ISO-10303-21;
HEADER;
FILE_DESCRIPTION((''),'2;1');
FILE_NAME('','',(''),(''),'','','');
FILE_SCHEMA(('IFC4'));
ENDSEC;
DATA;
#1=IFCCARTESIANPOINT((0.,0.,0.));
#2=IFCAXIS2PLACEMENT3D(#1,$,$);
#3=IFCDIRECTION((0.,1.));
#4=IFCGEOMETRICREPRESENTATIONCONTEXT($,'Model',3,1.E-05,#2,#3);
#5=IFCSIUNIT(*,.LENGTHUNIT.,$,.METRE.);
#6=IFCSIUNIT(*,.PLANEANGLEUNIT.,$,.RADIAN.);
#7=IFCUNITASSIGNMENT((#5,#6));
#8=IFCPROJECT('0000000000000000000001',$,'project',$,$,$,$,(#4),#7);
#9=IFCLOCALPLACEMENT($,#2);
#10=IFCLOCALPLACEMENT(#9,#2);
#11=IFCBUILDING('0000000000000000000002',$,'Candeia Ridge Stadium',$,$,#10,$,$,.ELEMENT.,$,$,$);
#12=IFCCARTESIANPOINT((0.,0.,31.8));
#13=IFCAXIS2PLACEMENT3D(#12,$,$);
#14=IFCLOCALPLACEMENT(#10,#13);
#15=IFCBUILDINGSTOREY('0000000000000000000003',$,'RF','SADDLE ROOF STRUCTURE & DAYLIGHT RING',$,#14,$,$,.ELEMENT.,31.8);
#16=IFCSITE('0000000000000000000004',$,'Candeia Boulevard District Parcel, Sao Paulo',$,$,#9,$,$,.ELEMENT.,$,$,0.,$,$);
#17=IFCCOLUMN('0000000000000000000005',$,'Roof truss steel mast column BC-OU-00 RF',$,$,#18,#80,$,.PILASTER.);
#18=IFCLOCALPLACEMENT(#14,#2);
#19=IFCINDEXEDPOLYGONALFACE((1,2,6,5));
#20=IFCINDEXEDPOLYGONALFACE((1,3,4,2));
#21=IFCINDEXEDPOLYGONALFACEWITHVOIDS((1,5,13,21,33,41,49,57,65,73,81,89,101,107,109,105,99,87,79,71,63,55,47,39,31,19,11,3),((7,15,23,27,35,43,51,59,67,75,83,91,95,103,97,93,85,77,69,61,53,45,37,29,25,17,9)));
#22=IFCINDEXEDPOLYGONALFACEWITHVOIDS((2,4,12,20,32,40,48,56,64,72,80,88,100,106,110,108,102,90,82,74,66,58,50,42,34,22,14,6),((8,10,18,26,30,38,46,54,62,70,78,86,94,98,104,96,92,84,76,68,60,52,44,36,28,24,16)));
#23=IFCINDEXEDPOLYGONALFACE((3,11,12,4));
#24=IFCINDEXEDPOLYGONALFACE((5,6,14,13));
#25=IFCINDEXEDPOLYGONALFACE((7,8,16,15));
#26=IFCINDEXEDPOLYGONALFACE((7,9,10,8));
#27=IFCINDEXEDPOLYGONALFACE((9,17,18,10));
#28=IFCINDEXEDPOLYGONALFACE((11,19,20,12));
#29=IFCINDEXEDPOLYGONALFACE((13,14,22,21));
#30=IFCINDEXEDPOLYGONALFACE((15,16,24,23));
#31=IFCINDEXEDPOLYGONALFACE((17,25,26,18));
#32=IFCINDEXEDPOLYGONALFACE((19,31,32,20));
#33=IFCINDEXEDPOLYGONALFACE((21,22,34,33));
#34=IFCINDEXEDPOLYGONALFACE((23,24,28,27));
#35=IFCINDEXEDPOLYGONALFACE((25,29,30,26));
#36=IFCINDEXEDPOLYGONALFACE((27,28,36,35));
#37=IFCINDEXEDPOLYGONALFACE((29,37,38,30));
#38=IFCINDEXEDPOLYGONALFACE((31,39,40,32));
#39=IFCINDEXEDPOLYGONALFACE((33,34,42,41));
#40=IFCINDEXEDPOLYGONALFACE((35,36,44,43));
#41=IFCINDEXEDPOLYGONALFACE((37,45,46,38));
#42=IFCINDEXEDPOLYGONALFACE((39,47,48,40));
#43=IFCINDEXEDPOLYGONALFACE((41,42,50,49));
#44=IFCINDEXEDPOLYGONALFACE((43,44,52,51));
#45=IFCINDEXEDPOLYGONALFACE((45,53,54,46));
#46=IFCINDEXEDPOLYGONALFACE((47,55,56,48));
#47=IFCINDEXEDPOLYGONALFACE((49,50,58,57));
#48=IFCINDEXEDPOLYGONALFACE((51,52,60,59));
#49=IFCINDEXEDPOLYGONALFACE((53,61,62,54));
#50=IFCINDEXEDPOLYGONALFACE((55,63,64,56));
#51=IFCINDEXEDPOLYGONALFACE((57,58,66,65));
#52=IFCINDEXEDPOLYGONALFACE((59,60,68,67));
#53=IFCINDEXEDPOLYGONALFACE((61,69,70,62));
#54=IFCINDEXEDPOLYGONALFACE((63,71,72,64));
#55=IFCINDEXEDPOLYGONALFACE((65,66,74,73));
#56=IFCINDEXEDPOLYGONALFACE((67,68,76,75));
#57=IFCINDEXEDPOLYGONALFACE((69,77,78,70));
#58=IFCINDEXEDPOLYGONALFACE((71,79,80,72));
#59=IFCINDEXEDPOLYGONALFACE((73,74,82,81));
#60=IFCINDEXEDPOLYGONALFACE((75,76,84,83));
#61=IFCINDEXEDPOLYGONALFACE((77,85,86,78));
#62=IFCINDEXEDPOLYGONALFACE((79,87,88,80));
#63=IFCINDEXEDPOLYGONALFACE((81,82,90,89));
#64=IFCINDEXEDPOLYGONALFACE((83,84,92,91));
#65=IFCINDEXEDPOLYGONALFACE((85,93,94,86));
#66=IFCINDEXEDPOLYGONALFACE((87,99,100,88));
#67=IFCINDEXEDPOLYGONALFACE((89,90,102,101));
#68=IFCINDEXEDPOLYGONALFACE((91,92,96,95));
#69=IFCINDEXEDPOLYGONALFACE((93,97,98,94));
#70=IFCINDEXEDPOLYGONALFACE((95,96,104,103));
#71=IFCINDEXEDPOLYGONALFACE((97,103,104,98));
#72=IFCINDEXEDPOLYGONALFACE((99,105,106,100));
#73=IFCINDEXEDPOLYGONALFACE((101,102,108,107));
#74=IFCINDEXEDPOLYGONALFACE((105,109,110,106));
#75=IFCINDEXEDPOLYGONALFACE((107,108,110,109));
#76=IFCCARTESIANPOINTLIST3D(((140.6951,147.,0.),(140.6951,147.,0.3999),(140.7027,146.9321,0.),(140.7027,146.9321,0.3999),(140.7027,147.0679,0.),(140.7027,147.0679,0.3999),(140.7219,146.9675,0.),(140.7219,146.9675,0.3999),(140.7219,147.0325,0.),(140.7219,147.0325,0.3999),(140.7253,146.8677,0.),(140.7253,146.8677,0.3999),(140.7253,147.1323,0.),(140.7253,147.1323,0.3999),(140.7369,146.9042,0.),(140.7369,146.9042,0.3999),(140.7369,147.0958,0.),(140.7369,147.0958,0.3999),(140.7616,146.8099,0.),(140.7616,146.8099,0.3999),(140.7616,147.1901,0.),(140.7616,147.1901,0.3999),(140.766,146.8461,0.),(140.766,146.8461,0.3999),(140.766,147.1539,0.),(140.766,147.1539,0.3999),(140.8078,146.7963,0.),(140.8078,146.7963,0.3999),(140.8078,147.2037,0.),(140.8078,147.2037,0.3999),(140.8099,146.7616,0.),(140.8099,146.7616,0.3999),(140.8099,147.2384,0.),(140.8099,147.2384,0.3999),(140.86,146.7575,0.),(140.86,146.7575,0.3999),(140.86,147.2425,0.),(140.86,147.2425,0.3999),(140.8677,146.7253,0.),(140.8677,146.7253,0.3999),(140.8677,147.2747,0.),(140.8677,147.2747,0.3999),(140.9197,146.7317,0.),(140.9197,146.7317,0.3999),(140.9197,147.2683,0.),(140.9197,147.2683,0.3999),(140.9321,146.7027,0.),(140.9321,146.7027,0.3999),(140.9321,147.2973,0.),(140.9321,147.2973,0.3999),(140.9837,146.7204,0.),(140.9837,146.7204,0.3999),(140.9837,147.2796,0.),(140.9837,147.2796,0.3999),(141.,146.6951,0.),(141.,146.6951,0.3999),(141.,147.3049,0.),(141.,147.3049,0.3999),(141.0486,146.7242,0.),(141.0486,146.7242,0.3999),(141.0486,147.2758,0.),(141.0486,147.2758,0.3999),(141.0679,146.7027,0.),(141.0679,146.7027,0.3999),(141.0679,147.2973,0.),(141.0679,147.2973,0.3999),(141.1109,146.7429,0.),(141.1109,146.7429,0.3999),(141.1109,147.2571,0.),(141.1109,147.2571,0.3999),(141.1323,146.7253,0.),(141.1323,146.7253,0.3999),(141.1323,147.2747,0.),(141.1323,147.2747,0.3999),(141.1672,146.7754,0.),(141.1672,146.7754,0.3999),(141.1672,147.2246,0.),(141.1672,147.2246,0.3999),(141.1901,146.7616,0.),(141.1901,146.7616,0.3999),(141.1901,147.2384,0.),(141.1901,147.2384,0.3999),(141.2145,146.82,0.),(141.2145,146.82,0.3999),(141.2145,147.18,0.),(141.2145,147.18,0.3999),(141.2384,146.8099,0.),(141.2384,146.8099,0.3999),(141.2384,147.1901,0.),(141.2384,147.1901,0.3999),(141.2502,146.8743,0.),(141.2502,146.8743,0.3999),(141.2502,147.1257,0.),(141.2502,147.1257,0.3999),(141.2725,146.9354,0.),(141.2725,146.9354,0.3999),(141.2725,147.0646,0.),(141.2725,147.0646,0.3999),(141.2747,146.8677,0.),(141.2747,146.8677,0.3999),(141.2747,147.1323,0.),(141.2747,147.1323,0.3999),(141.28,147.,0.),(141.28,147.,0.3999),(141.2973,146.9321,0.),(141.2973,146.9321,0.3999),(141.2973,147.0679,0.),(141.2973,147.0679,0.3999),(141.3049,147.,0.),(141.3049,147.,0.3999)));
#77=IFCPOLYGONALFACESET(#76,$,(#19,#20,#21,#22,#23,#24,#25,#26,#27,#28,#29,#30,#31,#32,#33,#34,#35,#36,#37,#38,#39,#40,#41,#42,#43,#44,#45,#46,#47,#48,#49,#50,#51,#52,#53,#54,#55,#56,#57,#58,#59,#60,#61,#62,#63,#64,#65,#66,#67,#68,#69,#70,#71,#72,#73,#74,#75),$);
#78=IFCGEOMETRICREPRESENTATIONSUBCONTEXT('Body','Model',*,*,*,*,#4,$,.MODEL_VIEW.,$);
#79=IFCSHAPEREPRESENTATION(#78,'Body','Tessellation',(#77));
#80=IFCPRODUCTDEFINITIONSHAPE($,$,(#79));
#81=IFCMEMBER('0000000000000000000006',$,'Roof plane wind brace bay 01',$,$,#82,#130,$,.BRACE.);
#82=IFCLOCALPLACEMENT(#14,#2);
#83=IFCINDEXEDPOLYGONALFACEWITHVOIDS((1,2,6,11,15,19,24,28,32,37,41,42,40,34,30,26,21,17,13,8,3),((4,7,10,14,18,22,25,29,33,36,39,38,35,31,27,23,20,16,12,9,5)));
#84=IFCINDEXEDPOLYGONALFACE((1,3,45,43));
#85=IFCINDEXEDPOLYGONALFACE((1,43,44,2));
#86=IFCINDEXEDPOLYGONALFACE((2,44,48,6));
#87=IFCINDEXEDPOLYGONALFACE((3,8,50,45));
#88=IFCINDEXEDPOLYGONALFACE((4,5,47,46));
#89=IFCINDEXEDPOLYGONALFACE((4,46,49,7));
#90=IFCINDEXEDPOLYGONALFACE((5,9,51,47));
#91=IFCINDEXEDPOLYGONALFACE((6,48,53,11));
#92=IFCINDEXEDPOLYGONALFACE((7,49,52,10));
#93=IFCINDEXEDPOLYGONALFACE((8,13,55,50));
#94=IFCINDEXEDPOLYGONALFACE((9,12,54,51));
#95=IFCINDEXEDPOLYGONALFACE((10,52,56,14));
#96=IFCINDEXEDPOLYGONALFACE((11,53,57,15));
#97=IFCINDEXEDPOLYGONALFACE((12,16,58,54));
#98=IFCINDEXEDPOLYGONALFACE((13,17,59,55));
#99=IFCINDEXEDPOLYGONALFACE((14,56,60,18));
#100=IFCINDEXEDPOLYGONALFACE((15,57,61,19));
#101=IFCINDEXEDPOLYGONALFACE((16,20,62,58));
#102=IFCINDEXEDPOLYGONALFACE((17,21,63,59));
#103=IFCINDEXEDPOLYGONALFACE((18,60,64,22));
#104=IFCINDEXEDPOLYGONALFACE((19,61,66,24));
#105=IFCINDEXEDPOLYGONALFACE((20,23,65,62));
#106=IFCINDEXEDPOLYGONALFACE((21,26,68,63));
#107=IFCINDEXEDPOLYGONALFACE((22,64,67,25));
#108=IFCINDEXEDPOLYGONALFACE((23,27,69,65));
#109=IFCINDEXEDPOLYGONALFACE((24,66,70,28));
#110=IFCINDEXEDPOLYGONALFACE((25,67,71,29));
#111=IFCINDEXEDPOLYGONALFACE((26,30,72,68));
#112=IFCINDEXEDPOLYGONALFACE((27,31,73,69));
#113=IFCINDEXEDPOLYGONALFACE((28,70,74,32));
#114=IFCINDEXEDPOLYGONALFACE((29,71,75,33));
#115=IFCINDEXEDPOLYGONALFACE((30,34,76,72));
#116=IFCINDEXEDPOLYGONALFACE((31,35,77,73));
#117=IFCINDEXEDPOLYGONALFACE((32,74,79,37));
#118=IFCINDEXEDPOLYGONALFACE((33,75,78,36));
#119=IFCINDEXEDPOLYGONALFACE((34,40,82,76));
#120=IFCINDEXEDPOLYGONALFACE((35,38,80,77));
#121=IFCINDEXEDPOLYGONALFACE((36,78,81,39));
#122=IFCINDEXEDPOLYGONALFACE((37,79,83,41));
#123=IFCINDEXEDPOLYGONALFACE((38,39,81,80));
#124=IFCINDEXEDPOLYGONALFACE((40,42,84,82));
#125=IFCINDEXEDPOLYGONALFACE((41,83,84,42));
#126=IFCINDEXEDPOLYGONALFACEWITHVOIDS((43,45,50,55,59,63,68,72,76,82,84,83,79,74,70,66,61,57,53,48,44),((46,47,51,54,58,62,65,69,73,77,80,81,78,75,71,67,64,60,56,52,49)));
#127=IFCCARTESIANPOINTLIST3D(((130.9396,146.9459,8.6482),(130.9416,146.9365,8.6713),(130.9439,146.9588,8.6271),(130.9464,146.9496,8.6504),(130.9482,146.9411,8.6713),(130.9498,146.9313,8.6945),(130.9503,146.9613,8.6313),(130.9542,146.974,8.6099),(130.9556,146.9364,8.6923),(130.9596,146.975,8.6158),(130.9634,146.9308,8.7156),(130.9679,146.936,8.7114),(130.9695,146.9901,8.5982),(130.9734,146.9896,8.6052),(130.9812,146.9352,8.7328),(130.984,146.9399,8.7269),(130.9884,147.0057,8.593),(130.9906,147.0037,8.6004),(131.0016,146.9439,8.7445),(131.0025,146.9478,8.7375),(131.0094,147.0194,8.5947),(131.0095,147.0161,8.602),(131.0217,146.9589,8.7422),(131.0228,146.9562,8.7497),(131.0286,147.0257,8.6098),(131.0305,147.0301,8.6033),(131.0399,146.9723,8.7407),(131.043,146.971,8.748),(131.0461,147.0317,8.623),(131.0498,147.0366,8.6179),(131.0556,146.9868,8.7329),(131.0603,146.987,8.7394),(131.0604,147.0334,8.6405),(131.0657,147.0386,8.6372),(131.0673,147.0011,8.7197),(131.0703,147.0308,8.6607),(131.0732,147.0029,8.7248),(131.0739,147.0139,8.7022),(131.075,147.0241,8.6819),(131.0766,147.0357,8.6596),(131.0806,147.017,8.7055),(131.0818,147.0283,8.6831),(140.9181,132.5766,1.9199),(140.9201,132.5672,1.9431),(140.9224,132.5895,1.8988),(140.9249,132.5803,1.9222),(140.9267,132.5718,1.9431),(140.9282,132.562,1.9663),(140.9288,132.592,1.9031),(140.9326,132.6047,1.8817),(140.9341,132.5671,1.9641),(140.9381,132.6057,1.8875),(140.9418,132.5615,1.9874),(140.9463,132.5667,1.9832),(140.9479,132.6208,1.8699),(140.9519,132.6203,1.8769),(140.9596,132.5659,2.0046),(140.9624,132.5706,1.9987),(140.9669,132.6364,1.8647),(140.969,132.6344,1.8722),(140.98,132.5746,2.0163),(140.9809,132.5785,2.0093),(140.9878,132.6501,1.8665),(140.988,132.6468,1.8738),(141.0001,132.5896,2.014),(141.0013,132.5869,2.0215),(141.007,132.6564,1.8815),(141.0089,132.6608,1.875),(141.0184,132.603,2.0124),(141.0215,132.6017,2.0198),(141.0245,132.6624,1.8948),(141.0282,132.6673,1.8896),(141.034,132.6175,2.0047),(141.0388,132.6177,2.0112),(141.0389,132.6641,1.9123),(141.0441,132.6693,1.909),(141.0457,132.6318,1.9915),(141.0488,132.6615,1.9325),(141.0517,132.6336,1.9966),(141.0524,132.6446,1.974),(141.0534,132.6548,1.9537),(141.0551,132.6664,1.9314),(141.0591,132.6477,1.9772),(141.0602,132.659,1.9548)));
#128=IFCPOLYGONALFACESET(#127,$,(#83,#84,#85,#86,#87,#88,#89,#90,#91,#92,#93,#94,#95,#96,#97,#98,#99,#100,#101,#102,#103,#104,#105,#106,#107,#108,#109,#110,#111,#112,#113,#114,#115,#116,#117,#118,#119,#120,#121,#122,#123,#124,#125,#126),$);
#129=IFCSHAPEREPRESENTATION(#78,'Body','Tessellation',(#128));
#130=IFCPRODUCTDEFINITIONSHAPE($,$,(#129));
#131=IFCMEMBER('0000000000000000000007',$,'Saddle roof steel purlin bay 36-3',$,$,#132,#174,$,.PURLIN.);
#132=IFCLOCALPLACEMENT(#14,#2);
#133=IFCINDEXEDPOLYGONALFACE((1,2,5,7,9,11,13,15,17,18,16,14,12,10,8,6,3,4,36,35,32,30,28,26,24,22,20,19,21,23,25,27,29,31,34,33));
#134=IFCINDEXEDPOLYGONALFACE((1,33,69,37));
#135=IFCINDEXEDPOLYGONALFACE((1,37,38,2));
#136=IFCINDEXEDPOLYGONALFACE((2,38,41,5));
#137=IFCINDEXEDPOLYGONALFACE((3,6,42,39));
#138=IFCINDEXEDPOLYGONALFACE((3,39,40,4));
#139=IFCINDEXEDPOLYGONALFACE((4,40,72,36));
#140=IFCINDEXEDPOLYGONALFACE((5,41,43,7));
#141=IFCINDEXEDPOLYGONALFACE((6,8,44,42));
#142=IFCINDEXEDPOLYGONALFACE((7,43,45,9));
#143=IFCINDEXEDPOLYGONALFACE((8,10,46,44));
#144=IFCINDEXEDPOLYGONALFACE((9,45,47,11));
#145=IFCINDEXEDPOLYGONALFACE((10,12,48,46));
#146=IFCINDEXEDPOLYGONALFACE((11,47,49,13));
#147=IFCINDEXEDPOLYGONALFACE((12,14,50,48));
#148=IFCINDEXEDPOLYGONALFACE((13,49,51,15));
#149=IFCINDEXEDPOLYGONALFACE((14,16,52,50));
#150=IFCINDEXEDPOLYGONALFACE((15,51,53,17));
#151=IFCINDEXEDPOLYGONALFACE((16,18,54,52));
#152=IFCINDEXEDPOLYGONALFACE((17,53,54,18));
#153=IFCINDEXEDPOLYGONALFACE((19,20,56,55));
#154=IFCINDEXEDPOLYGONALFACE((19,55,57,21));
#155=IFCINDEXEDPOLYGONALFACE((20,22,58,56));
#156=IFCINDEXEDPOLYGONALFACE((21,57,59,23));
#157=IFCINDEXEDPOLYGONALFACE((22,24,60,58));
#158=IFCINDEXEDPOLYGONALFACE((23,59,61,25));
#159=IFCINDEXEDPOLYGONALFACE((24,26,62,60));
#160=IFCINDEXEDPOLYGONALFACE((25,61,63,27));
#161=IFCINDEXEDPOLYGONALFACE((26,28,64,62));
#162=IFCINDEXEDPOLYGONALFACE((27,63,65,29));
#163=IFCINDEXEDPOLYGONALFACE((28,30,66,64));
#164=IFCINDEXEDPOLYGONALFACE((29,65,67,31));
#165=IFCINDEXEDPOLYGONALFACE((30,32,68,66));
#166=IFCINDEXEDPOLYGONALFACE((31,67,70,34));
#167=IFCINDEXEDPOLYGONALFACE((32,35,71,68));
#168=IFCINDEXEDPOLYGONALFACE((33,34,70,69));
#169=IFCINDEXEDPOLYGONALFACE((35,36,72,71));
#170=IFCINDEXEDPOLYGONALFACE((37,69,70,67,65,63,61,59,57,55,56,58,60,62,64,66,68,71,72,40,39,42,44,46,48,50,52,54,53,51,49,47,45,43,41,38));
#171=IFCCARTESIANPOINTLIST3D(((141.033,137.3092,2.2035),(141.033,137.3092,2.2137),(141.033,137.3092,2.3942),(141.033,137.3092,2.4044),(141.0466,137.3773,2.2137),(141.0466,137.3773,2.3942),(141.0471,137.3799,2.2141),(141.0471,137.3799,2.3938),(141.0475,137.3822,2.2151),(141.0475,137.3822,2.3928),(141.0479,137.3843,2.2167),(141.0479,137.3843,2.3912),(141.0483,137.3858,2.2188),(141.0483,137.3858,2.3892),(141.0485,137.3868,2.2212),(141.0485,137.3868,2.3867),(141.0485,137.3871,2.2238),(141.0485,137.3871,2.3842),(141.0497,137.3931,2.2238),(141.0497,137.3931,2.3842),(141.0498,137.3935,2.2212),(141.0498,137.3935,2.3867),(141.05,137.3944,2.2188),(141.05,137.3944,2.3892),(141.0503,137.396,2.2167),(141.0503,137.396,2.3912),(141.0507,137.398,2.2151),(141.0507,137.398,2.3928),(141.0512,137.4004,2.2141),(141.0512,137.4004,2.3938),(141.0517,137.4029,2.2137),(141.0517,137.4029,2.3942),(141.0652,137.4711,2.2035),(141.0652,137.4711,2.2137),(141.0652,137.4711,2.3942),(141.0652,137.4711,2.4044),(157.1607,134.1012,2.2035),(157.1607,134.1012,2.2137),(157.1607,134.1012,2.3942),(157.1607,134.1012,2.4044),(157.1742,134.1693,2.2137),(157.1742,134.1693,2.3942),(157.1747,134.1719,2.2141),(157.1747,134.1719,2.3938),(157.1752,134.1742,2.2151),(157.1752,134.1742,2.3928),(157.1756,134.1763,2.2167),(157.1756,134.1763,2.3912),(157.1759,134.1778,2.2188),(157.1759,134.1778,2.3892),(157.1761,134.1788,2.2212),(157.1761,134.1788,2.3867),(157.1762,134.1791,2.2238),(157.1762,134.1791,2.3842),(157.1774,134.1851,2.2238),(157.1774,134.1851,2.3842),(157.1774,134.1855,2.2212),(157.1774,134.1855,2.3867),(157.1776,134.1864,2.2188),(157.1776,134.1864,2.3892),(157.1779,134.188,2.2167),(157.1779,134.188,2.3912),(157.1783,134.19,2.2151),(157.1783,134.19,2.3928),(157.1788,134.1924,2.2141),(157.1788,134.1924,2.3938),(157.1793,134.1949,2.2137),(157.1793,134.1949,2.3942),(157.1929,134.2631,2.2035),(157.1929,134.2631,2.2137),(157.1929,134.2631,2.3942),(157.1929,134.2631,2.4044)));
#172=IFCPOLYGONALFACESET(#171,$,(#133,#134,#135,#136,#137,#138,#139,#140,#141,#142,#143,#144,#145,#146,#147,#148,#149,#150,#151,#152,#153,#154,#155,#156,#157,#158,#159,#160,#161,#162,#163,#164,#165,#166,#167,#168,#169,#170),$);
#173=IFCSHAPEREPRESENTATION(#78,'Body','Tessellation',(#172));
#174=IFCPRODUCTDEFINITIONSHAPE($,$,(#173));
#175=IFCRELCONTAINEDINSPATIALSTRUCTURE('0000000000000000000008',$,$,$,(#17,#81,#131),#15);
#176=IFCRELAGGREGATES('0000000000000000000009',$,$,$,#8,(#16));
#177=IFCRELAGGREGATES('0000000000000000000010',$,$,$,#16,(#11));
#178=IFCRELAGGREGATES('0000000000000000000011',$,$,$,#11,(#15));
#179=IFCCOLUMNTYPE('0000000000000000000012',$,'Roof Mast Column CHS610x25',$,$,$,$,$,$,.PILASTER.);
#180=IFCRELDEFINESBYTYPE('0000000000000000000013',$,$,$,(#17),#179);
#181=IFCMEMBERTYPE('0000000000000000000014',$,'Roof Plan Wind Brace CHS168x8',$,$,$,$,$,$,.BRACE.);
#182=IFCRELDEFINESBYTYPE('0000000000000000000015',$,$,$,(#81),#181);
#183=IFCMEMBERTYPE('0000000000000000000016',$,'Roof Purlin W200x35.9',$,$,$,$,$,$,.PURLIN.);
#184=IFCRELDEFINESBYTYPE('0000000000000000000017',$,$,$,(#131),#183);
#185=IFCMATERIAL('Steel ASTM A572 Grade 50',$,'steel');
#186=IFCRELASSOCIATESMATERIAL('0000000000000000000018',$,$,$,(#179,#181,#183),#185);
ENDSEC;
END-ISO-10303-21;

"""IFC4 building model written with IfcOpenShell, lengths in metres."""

from ifc_helpers import new_model, si_unit, direction, frame, origin, origin_2d, place, context, subcontext, project, spatial, hollow_circle, i_section, extrude, material, material_profile, profile_set, type_object, element, save


model = new_model("IFC4")

# Units and contexts
model_context = context("Model", 3, precision=1e-05, world=origin(), true_north=direction((0.0, 1.0)))
body_context = subcontext(model_context, "Body", "Model", "MODEL_VIEW")
ifc_project = project(units=[si_unit("LENGTHUNIT", "METRE"), si_unit("PLANEANGLEUNIT", "RADIAN")], contexts=[model_context])

# Site, building, storey
site_placement = place(None, origin())
site = spatial("IfcSite", under=ifc_project, at=site_placement, Name="Candeia Boulevard District Parcel, Sao Paulo", CompositionType="ELEMENT", RefElevation=0.0)
building_placement = place(site_placement, origin())
building = spatial("IfcBuilding", under=site, at=building_placement, Name="Candeia Ridge Stadium", CompositionType="ELEMENT")
storey_placement = place(building_placement, frame((0.0, 0.0, 31.8)))
storey = spatial("IfcBuildingStorey", under=building, at=storey_placement, Name="RF", Description="SADDLE ROOF STRUCTURE & DAYLIGHT RING", CompositionType="ELEMENT", Elevation=31.8)

# Column
ifc_material_1 = material(Name="Steel ASTM A572 Grade 50", Category="steel")
ifc_material_profile_1 = material_profile(ifc_material_1, hollow_circle(Radius=0.3049, WallThickness=0.0249, at=origin_2d()), Name="CHS610x25", Category="steel")
ifc_profile_set_1 = profile_set([ifc_material_profile_1], Name="Steel ASTM A572 Grade 50")
column_type = type_object("IfcColumnType", Name="Roof Mast Column CHS610x25", PredefinedType="PILASTER", material=ifc_profile_set_1)
column_placement = place(storey_placement, frame((141.0, 147.0, 0.0), z_axis=(0.0, 0.0, 1.0), x_axis=(1.0, 0.0, 0.0)))
element("IfcColumn", 1, at=column_placement, inside=storey, type_object=column_type, Name="Roof truss steel mast column BC-OU-00 RF", PredefinedType="PILASTER", context=body_context, shape_type="SweptSolid", body=[
    extrude(hollow_circle(Radius=0.3049, WallThickness=0.0249, at=origin_2d()), origin(), (0.0, 0.0, 1.0), 0.3999),
])

# Members
ifc_material_profile_2 = material_profile(ifc_material_1, hollow_circle(Radius=0.0842, WallThickness=0.0081, at=origin_2d()), Name="CHS168x8", Category="steel")
ifc_profile_set_2 = profile_set([ifc_material_profile_2], Name="Steel ASTM A572 Grade 50")
member_type_1 = type_object("IfcMemberType", Name="Roof Plan Wind Brace CHS168x8", PredefinedType="BRACE", material=ifc_profile_set_2)
member_1_placement = place(storey_placement, frame((140.9893, 132.6152, 1.9431), z_axis=(-0.532371, 0.766632, 0.358965), x_axis=(-0.821376, -0.570387, 0.0)))
element("IfcMember", 2, at=member_1_placement, inside=storey, type_object=member_type_1, Name="Roof plane wind brace bay 01", PredefinedType="BRACE", context=body_context, shape_type="SweptSolid", body=[
    extrude(hollow_circle(Radius=0.0842, WallThickness=0.0081, at=origin_2d()), origin(), (0.0, 0.0, 1.0), 18.7434),
])
ifc_material_profile_3 = material_profile(ifc_material_1, i_section(OverallWidth=0.165, OverallDepth=0.2009, WebThickness=0.0061, FlangeThickness=0.0103, FilletRadius=0.01, at=origin_2d()), Name="W200x35.9", Category="steel")
ifc_profile_set_3 = profile_set([ifc_material_profile_3], Name="Steel ASTM A572 Grade 50")
member_type_2 = type_object("IfcMemberType", Name="Roof Purlin W200x35.9", PredefinedType="PURLIN", material=ifc_profile_set_3)
member_2_placement = place(storey_placement, frame((157.1768, 134.1821, 2.304), z_axis=(-0.980785, 0.195091, 0.0), x_axis=(-0.195091, -0.980785, 0.0)))
element("IfcMember", 3, at=member_2_placement, inside=storey, type_object=member_type_2, Name="Saddle roof steel purlin bay 36-3", PredefinedType="PURLIN", context=body_context, shape_type="SweptSolid", body=[
    extrude(i_section(OverallWidth=0.165, OverallDepth=0.2009, WebThickness=0.0061, FlangeThickness=0.0103, FilletRadius=0.01, at=origin_2d()), origin(), (0.0, 0.0, 1.0), 16.4436),
])

save(model, "model.ifc")
